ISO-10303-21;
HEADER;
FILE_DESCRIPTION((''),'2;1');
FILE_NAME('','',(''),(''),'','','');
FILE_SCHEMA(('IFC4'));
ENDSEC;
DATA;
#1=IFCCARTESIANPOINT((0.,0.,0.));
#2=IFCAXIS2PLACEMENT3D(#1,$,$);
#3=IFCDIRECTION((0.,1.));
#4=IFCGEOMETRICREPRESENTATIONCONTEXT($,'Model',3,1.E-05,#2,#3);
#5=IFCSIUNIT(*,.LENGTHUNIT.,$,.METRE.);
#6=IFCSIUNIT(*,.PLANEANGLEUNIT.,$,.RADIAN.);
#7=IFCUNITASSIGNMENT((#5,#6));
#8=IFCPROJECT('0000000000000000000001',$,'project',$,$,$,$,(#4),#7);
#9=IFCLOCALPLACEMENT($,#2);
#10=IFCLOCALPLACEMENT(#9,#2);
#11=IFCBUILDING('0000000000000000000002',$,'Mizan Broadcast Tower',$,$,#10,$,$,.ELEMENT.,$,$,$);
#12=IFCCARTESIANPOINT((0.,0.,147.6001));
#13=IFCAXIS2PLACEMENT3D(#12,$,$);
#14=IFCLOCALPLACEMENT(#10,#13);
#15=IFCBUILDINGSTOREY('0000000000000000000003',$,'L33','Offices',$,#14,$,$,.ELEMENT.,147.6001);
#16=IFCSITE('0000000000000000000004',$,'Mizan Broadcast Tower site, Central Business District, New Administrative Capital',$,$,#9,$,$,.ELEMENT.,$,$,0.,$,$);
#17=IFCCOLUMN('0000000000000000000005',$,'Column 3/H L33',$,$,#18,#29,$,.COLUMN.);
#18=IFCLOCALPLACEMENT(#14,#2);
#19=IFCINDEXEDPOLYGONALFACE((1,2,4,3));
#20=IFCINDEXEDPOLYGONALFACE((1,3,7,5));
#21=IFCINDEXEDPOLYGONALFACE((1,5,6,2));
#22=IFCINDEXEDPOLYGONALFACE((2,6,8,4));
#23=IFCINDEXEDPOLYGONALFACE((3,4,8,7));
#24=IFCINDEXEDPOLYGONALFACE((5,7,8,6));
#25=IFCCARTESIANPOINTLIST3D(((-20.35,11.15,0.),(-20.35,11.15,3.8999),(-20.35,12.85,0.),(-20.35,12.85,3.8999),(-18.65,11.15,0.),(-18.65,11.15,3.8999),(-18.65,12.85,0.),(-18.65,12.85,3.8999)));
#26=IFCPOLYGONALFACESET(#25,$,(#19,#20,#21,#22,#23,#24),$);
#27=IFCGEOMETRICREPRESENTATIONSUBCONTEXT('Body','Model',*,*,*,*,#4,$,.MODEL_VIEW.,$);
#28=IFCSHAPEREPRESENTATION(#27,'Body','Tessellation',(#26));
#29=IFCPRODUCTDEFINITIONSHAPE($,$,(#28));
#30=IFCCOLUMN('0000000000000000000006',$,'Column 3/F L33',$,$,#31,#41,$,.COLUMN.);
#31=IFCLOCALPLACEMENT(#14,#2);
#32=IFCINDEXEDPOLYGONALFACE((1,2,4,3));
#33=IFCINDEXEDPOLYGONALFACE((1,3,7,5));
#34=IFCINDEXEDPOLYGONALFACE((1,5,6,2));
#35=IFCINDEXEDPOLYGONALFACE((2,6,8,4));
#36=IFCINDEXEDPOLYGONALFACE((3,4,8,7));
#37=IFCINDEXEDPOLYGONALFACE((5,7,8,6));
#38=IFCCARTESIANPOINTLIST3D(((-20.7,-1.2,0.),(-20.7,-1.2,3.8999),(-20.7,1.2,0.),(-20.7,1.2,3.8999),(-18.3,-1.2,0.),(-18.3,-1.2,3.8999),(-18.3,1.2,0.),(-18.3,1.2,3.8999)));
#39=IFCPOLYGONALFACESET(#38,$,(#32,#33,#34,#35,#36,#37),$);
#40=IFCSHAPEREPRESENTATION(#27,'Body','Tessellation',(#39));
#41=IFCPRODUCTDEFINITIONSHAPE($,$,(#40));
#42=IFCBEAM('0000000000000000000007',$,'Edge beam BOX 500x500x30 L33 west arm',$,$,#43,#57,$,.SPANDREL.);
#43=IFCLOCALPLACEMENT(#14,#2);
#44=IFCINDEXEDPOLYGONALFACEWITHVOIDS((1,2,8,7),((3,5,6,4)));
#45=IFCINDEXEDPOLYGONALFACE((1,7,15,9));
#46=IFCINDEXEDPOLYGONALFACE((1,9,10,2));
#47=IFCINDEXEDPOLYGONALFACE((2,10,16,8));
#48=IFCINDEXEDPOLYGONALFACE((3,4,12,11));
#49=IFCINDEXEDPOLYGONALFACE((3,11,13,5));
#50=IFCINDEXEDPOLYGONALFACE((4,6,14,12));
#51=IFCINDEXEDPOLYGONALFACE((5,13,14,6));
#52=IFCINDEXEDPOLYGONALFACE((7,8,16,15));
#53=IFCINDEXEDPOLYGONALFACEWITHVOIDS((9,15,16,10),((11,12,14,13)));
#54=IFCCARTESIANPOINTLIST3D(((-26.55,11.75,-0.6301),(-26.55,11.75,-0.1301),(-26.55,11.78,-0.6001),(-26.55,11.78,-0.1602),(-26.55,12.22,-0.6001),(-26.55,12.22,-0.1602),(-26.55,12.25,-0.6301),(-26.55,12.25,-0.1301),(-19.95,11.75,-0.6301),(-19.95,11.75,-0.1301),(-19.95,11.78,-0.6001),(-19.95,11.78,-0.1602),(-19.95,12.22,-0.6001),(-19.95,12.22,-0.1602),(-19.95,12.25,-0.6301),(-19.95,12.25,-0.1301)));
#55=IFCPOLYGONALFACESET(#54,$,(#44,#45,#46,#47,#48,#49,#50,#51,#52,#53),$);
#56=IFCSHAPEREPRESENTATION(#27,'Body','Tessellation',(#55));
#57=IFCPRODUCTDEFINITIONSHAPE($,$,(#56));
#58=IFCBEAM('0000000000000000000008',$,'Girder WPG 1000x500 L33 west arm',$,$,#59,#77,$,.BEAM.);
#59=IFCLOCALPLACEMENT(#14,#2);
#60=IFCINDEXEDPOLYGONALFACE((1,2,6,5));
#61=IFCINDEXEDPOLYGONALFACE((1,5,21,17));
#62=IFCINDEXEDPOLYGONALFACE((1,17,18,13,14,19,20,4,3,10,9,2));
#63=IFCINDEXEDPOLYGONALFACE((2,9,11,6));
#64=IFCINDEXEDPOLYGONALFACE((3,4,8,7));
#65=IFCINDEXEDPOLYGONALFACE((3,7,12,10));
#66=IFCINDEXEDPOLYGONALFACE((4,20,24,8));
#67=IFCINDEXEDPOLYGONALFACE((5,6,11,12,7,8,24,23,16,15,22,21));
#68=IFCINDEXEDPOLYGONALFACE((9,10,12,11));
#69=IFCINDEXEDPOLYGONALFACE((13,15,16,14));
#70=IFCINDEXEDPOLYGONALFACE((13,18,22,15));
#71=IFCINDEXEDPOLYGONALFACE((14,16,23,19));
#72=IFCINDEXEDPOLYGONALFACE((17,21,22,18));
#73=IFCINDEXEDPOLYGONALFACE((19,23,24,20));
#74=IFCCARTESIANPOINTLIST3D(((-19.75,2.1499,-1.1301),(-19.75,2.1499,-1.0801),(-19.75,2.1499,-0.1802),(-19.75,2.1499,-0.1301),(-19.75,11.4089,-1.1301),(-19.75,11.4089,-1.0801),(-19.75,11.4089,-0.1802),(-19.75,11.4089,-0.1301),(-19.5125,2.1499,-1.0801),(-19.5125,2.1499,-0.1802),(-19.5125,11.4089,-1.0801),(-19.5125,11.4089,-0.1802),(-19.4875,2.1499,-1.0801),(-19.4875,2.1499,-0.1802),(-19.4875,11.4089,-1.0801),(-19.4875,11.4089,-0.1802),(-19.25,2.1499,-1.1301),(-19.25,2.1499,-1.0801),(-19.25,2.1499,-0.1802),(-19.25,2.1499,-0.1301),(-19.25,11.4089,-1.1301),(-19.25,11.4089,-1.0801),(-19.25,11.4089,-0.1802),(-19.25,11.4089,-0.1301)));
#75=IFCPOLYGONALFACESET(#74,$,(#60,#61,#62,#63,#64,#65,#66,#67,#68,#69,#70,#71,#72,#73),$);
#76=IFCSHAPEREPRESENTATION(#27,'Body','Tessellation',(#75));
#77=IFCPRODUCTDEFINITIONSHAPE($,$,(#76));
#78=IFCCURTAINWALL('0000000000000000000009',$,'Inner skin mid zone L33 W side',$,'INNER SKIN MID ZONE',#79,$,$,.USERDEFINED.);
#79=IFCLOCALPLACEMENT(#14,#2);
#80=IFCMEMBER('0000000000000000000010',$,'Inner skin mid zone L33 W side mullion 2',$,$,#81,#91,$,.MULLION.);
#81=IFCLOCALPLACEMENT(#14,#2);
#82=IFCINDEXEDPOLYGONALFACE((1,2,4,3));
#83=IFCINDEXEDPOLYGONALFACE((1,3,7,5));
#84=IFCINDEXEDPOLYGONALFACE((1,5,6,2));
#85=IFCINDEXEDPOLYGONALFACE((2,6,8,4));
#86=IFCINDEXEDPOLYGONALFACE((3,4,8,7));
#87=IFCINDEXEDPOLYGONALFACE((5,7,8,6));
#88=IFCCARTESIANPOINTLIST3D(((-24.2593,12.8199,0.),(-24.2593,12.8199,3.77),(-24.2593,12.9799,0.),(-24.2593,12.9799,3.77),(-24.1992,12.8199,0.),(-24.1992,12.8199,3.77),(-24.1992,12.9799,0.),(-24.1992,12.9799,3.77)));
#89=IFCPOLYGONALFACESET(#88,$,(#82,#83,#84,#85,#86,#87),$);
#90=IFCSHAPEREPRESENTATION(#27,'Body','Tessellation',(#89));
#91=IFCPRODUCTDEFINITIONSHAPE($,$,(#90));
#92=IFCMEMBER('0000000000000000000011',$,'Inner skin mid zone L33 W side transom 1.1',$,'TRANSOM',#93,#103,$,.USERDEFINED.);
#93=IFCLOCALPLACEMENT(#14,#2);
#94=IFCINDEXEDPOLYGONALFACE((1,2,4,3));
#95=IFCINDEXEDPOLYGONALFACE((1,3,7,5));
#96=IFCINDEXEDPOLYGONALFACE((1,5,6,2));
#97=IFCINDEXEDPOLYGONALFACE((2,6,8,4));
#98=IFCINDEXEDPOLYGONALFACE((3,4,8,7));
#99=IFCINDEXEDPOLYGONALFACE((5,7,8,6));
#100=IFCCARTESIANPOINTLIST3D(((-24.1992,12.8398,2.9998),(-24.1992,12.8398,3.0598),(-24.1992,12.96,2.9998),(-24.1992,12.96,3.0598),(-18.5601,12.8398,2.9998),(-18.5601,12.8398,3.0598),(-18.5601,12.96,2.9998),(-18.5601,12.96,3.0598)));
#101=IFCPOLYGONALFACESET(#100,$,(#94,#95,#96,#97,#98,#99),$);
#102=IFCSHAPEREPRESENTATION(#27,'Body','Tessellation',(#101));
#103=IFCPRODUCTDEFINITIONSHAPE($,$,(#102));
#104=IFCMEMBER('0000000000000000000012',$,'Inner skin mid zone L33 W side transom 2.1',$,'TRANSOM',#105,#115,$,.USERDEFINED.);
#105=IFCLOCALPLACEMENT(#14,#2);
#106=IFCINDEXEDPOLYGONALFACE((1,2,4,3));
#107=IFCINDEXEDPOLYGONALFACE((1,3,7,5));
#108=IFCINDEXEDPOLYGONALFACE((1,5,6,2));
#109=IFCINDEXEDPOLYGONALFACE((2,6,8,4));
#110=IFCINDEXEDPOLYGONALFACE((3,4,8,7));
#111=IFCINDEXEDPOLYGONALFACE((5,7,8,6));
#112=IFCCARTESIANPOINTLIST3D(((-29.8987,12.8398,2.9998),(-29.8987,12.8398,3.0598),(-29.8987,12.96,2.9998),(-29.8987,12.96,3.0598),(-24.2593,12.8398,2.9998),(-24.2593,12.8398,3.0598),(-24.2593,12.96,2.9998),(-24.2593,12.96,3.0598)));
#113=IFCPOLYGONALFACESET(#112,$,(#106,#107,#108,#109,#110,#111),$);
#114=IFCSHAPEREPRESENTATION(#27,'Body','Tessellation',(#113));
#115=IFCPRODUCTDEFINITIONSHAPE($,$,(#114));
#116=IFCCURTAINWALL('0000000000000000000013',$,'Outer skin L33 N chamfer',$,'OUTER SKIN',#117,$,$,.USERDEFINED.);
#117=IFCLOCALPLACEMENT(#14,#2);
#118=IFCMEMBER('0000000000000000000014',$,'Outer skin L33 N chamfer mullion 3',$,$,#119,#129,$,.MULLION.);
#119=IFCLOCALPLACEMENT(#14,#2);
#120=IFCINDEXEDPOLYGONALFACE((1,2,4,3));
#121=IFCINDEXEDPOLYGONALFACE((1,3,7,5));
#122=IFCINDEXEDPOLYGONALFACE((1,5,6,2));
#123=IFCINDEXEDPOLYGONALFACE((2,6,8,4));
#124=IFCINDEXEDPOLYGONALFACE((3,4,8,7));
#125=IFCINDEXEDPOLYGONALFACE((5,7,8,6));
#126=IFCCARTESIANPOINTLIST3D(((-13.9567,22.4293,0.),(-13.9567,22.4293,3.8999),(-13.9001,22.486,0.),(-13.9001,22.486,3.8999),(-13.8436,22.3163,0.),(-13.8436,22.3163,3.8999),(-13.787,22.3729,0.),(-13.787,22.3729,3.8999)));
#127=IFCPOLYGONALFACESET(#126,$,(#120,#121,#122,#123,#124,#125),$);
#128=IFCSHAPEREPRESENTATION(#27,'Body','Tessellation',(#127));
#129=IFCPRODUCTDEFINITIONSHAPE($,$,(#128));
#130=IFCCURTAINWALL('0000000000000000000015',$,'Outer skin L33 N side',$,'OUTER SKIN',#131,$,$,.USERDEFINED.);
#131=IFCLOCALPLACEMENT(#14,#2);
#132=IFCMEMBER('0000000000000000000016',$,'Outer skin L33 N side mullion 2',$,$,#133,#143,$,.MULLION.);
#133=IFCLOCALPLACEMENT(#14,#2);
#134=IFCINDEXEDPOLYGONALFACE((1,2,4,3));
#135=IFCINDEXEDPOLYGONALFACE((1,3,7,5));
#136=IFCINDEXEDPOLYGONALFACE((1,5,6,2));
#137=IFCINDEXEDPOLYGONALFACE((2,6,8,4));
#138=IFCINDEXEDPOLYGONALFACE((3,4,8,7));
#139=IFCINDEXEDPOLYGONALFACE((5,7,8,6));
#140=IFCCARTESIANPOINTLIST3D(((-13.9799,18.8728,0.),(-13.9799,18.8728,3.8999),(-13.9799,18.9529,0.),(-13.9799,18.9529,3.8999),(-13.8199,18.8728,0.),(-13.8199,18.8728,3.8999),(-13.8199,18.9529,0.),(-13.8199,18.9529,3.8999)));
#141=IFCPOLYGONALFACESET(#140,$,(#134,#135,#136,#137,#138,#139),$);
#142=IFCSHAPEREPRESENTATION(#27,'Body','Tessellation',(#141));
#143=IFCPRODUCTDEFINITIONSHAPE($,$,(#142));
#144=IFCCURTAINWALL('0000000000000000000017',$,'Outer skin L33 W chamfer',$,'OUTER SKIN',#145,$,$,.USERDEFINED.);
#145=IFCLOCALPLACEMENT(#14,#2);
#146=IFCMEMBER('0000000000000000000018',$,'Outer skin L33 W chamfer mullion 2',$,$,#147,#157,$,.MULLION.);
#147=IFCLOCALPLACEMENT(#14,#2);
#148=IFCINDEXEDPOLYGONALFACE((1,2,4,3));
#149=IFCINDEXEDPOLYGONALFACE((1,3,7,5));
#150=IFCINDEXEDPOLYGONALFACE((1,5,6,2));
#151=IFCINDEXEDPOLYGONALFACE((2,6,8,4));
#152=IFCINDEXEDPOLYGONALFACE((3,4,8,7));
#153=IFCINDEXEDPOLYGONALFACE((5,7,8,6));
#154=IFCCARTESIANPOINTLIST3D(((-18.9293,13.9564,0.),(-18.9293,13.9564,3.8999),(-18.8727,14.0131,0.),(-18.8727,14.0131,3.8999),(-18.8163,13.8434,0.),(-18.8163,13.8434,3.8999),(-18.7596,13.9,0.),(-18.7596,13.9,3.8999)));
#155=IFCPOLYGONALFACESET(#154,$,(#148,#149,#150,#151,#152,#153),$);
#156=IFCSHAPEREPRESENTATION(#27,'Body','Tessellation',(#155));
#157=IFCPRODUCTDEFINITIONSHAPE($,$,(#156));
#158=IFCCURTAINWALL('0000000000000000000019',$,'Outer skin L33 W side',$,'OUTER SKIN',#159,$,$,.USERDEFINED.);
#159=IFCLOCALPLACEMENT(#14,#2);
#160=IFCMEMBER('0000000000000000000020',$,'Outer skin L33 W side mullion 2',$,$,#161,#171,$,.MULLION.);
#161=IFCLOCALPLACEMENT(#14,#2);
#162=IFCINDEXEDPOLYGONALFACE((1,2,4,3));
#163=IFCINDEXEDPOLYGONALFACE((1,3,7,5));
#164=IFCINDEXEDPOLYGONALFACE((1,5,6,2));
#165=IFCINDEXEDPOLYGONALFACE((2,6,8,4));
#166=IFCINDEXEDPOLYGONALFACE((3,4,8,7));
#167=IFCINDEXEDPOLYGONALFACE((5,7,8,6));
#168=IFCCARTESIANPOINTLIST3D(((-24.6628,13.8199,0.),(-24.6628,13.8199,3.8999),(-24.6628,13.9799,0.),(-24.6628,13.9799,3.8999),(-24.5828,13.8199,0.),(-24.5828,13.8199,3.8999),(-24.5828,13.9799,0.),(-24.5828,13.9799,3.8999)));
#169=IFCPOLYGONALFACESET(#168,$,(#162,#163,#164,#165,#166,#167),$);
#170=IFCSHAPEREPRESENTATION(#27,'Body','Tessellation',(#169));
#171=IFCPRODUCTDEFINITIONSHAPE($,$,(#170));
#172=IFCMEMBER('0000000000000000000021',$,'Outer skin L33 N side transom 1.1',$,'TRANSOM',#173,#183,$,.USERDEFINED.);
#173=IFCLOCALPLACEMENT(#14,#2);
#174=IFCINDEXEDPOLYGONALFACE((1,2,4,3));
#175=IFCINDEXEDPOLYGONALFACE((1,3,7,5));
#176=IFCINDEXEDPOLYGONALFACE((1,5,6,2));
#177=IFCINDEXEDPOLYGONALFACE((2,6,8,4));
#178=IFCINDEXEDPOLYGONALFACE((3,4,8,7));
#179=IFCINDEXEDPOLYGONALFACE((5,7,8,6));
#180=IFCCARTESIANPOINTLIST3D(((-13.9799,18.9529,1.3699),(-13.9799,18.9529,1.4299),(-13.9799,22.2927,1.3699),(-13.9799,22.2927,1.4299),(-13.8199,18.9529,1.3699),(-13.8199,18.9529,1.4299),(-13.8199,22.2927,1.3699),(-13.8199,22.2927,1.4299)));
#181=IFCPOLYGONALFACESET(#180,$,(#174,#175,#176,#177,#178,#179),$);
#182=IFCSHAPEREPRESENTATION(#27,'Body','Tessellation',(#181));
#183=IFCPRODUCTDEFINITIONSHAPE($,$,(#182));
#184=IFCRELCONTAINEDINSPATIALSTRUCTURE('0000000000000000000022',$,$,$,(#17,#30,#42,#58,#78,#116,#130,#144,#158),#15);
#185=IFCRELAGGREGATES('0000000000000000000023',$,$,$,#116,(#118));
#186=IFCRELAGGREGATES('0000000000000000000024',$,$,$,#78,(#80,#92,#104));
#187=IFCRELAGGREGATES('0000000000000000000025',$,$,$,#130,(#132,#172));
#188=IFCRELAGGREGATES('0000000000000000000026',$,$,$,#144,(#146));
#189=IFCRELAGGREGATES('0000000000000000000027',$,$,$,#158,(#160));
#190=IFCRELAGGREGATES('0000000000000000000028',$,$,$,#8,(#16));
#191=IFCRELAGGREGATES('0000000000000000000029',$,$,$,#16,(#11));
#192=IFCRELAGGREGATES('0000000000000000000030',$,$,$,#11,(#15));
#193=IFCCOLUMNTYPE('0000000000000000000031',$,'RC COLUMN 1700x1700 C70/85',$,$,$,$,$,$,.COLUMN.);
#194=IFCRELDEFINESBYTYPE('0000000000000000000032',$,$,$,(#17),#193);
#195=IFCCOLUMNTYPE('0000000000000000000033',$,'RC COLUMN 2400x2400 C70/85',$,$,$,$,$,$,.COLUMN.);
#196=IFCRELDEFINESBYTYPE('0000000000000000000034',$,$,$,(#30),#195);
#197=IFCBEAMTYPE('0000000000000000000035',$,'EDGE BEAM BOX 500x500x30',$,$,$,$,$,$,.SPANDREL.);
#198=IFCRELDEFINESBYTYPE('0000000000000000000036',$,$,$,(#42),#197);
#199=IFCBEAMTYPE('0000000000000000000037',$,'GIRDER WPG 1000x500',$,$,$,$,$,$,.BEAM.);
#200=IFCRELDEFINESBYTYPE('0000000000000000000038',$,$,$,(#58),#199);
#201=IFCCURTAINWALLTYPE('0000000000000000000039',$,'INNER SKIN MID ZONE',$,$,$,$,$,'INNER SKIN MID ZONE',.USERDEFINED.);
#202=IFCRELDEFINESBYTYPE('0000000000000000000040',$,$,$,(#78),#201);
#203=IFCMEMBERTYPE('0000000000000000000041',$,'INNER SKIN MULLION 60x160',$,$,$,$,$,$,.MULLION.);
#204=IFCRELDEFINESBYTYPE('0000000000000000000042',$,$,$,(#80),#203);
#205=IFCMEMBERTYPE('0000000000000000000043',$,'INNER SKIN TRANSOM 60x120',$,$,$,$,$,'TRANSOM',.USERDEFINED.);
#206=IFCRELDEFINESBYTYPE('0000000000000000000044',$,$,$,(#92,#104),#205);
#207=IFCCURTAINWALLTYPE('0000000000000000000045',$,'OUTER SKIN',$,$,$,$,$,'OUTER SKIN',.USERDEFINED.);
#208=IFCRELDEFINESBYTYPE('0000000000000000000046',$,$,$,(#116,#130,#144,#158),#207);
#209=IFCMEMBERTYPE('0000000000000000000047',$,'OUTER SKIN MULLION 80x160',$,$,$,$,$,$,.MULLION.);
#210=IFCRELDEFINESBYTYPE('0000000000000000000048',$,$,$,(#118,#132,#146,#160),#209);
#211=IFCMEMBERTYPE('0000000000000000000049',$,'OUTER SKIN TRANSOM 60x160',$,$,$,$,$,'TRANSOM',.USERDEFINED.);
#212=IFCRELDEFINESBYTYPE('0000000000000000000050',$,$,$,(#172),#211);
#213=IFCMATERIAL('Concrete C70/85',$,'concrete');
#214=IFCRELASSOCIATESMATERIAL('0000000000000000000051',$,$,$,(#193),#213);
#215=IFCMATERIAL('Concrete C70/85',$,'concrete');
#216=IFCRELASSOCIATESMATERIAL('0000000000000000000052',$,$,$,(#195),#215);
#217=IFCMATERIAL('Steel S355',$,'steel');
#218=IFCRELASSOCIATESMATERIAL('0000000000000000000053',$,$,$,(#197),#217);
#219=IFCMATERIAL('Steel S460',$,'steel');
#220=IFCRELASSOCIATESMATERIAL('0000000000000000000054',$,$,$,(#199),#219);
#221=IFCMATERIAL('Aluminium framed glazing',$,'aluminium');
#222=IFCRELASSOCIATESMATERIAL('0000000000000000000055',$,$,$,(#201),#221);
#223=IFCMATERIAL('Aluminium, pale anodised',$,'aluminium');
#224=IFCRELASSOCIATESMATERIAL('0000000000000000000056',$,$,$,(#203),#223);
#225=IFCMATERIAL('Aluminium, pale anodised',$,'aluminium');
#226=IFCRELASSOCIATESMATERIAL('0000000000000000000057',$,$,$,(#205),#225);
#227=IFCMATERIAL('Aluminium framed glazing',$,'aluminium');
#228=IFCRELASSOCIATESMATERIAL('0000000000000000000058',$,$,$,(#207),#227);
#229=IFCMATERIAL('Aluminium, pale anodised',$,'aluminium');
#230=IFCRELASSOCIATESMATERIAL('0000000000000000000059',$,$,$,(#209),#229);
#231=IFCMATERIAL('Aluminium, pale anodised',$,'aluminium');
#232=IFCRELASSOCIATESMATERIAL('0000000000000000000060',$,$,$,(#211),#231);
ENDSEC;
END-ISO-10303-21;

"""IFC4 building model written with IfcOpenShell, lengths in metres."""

from ifc_helpers import new_model, si_unit, direction, frame, origin, origin_2d, place, context, subcontext, project, spatial, rectangle, hollow_rectangle, i_section, extrude, material, material_profile, profile_set, type_object, element, aggregate, save


model = new_model("IFC4")

# Units and contexts
model_context = context("Model", 3, precision=1e-05, world=origin(), true_north=direction((0.0, 1.0)))
body_context = subcontext(model_context, "Body", "Model", "MODEL_VIEW")
ifc_project = project(units=[si_unit("LENGTHUNIT", "METRE"), si_unit("PLANEANGLEUNIT", "RADIAN")], contexts=[model_context])

# Site, building, storey
site_placement = place(None, origin())
site = spatial("IfcSite", under=ifc_project, at=site_placement, Name="Mizan Broadcast Tower site, Central Business District, New Administrative Capital", CompositionType="ELEMENT", RefElevation=0.0)
building_placement = place(site_placement, origin())
building = spatial("IfcBuilding", under=site, at=building_placement, Name="Mizan Broadcast Tower", CompositionType="ELEMENT")
storey_placement = place(building_placement, frame((0.0, 0.0, 147.6001)))
storey = spatial("IfcBuildingStorey", under=building, at=storey_placement, Name="L33", Description="Offices", CompositionType="ELEMENT", Elevation=147.6001)

# Columns
ifc_material_1 = material(Name="Concrete C70/85", Category="concrete")
ifc_material_profile_1 = material_profile(ifc_material_1, rectangle(XDim=1.7, YDim=1.7, at=origin_2d()), Name="RC 1700x1700")
ifc_profile_set_1 = profile_set([ifc_material_profile_1], Name="Concrete C70/85")
column_type_1 = type_object("IfcColumnType", Name="RC COLUMN 1700x1700 C70/85", PredefinedType="COLUMN", material=ifc_profile_set_1)
column_1_placement = place(storey_placement, frame((-19.5, 12.0, 0.0), z_axis=(0.0, 0.0, 1.0), x_axis=(1.0, 0.0, 0.0)))
element("IfcColumn", 1, at=column_1_placement, inside=storey, type_object=column_type_1, Name="Column 3/H L33", PredefinedType="COLUMN", context=body_context, shape_type="SweptSolid", body=[
    extrude(rectangle(XDim=1.7, YDim=1.7, at=origin_2d()), origin(), (0.0, 0.0, 1.0), 3.8999),
])
ifc_material_2 = material(Name="Concrete C70/85", Category="concrete")
ifc_material_profile_2 = material_profile(ifc_material_2, rectangle(XDim=2.3999, YDim=2.3999, at=origin_2d()), Name="RC 2400x2400")
ifc_profile_set_2 = profile_set([ifc_material_profile_2], Name="Concrete C70/85")
column_type_2 = type_object("IfcColumnType", Name="RC COLUMN 2400x2400 C70/85", PredefinedType="COLUMN", material=ifc_profile_set_2)
column_2_placement = place(storey_placement, frame((-19.5, 0.0, 0.0), z_axis=(0.0, 0.0, 1.0), x_axis=(1.0, 0.0, 0.0)))
element("IfcColumn", 2, at=column_2_placement, inside=storey, type_object=column_type_2, Name="Column 3/F L33", PredefinedType="COLUMN", context=body_context, shape_type="SweptSolid", body=[
    extrude(rectangle(XDim=2.3999, YDim=2.3999, at=origin_2d()), origin(), (0.0, 0.0, 1.0), 3.8999),
])

# Beams
ifc_material_3 = material(Name="Steel S355", Category="steel")
ifc_material_profile_3 = material_profile(ifc_material_3, hollow_rectangle(XDim=0.5, YDim=0.5, WallThickness=0.03, at=origin_2d()), Name="BOX 500x500x30")
ifc_profile_set_3 = profile_set([ifc_material_profile_3], Name="Steel S355")
beam_type_1 = type_object("IfcBeamType", Name="EDGE BEAM BOX 500x500x30", PredefinedType="SPANDREL", material=ifc_profile_set_3)
beam_1_placement = place(storey_placement, frame((-19.95, 12.0, -0.3801), z_axis=(-1.0, 0.0, 0.0), x_axis=(0.0, -1.0, 0.0)))
element("IfcBeam", 3, at=beam_1_placement, inside=storey, type_object=beam_type_1, Name="Edge beam BOX 500x500x30 L33 west arm", PredefinedType="SPANDREL", context=body_context, shape_type="SweptSolid", body=[
    extrude(hollow_rectangle(XDim=0.5, YDim=0.5, WallThickness=0.03, at=origin_2d()), origin(), (0.0, 0.0, 1.0), 6.6001),
])
ifc_material_4 = material(Name="Steel S460", Category="steel")
ifc_material_profile_4 = material_profile(ifc_material_4, i_section(OverallWidth=0.5, OverallDepth=1.0, WebThickness=0.0249, FlangeThickness=0.05, at=origin_2d()), Name="WPG 1000x500")
ifc_profile_set_4 = profile_set([ifc_material_profile_4], Name="Steel S460")
beam_type_2 = type_object("IfcBeamType", Name="GIRDER WPG 1000x500", PredefinedType="BEAM", material=ifc_profile_set_4)
beam_2_placement = place(storey_placement, frame((-19.5, 11.4089, -0.6301), z_axis=(0.0, -1.0, 0.0), x_axis=(1.0, 0.0, 0.0)))
element("IfcBeam", 4, at=beam_2_placement, inside=storey, type_object=beam_type_2, Name="Girder WPG 1000x500 L33 west arm", PredefinedType="BEAM", context=body_context, shape_type="SweptSolid", body=[
    extrude(i_section(OverallWidth=0.5, OverallDepth=1.0, WebThickness=0.0249, FlangeThickness=0.05, at=origin_2d()), origin(), (0.0, 0.0, 1.0), 9.259),
])

# Curtain wall, members
ifc_material_5 = material(Name="Aluminium framed glazing", Category="aluminium")
curtain_wall_type_1 = type_object("IfcCurtainWallType", Name="INNER SKIN MID ZONE", ElementType="INNER SKIN MID ZONE", PredefinedType="USERDEFINED", material=ifc_material_5)
curtain_wall_1_placement = place(storey_placement, origin())
curtain_wall_1 = element("IfcCurtainWall", 5, at=curtain_wall_1_placement, inside=storey, type_object=curtain_wall_type_1, Name="Inner skin mid zone L33 W side", ObjectType="INNER SKIN MID ZONE", PredefinedType="USERDEFINED")
ifc_material_6 = material(Name="Aluminium, pale anodised", Category="aluminium")
ifc_material_profile_5 = material_profile(ifc_material_6, rectangle(XDim=0.1599, YDim=0.0601, at=origin_2d()), Name="MULLION 160x60")
ifc_profile_set_5 = profile_set([ifc_material_profile_5], Name="Aluminium, pale anodised")
member_type_1 = type_object("IfcMemberType", Name="INNER SKIN MULLION 60x160", PredefinedType="MULLION", material=ifc_profile_set_5)
member_1_placement = place(storey_placement, frame((-24.2292, 12.8999, 0.0), z_axis=(0.0, 0.0, 1.0), x_axis=(0.0, -1.0, 0.0)))
member_1 = element("IfcMember", 6, at=member_1_placement, type_object=member_type_1, Name="Inner skin mid zone L33 W side mullion 2", PredefinedType="MULLION", context=body_context, shape_type="SweptSolid", body=[
    extrude(rectangle(XDim=0.1599, YDim=0.0601, at=origin_2d()), origin(), (0.0, 0.0, 1.0), 3.77),
])
ifc_material_7 = material(Name="Aluminium, pale anodised", Category="aluminium")
ifc_material_profile_6 = material_profile(ifc_material_7, rectangle(XDim=0.1201, YDim=0.0601, at=origin_2d()), Name="TRANSOM 120x60")
ifc_profile_set_6 = profile_set([ifc_material_profile_6], Name="Aluminium, pale anodised")
member_type_2 = type_object("IfcMemberType", Name="INNER SKIN TRANSOM 60x120", ElementType="TRANSOM", PredefinedType="USERDEFINED", material=ifc_profile_set_6)
member_2_placement = place(storey_placement, frame((-18.5601, 12.8999, 3.0298), z_axis=(-1.0, 0.0, 0.0), x_axis=(0.0, -1.0, 0.0)))
member_2 = element("IfcMember", 7, at=member_2_placement, type_object=member_type_2, Name="Inner skin mid zone L33 W side transom 1.1", ObjectType="TRANSOM", PredefinedType="USERDEFINED", context=body_context, shape_type="SweptSolid", body=[
    extrude(rectangle(XDim=0.1201, YDim=0.0601, at=origin_2d()), origin(), (0.0, 0.0, 1.0), 5.6392),
])
member_3_placement = place(storey_placement, frame((-24.2593, 12.8999, 3.0298), z_axis=(-1.0, 0.0, 0.0), x_axis=(0.0, -1.0, 0.0)))
member_3 = element("IfcMember", 8, at=member_3_placement, type_object=member_type_2, Name="Inner skin mid zone L33 W side transom 2.1", ObjectType="TRANSOM", PredefinedType="USERDEFINED", context=body_context, shape_type="SweptSolid", body=[
    extrude(rectangle(XDim=0.1201, YDim=0.0601, at=origin_2d()), origin(), (0.0, 0.0, 1.0), 5.6394),
])

# Curtain walls, members
ifc_material_8 = material(Name="Aluminium framed glazing", Category="aluminium")
curtain_wall_type_2 = type_object("IfcCurtainWallType", Name="OUTER SKIN", ElementType="OUTER SKIN", PredefinedType="USERDEFINED", material=ifc_material_8)
curtain_wall_2_placement = place(storey_placement, origin())
curtain_wall_2 = element("IfcCurtainWall", 9, at=curtain_wall_2_placement, inside=storey, type_object=curtain_wall_type_2, Name="Outer skin L33 N chamfer", ObjectType="OUTER SKIN", PredefinedType="USERDEFINED")
ifc_material_9 = material(Name="Aluminium, pale anodised", Category="aluminium")
ifc_material_profile_7 = material_profile(ifc_material_9, rectangle(XDim=0.1599, YDim=0.0801, at=origin_2d()), Name="MULLION 160x80")
ifc_profile_set_7 = profile_set([ifc_material_profile_7], Name="Aluminium, pale anodised")
member_type_3 = type_object("IfcMemberType", Name="OUTER SKIN MULLION 80x160", PredefinedType="MULLION", material=ifc_profile_set_7)
member_4_placement = place(storey_placement, frame((-13.8718, 22.4011, 0.0), z_axis=(0.0, 0.0, 1.0), x_axis=(0.707107, -0.707107, 0.0)))
member_4 = element("IfcMember", 10, at=member_4_placement, type_object=member_type_3, Name="Outer skin L33 N chamfer mullion 3", PredefinedType="MULLION", context=body_context, shape_type="SweptSolid", body=[
    extrude(rectangle(XDim=0.1599, YDim=0.0801, at=origin_2d()), origin(), (0.0, 0.0, 1.0), 3.8999),
])
aggregate(curtain_wall_2, [member_4])
curtain_wall_3_placement = place(storey_placement, origin())
curtain_wall_3 = element("IfcCurtainWall", 11, at=curtain_wall_3_placement, inside=storey, type_object=curtain_wall_type_2, Name="Outer skin L33 N side", ObjectType="OUTER SKIN", PredefinedType="USERDEFINED")
member_5_placement = place(storey_placement, frame((-13.8999, 18.9128, 0.0), z_axis=(0.0, 0.0, 1.0), x_axis=(1.0, 0.0, 0.0)))
member_5 = element("IfcMember", 12, at=member_5_placement, type_object=member_type_3, Name="Outer skin L33 N side mullion 2", PredefinedType="MULLION", context=body_context, shape_type="SweptSolid", body=[
    extrude(rectangle(XDim=0.1599, YDim=0.0801, at=origin_2d()), origin(), (0.0, 0.0, 1.0), 3.8999),
])
curtain_wall_4_placement = place(storey_placement, origin())
curtain_wall_4 = element("IfcCurtainWall", 13, at=curtain_wall_4_placement, inside=storey, type_object=curtain_wall_type_2, Name="Outer skin L33 W chamfer", ObjectType="OUTER SKIN", PredefinedType="USERDEFINED")
member_6_placement = place(storey_placement, frame((-18.8445, 13.9282, 0.0), z_axis=(0.0, 0.0, 1.0), x_axis=(0.707107, -0.707107, 0.0)))
member_6 = element("IfcMember", 14, at=member_6_placement, type_object=member_type_3, Name="Outer skin L33 W chamfer mullion 2", PredefinedType="MULLION", context=body_context, shape_type="SweptSolid", body=[
    extrude(rectangle(XDim=0.1599, YDim=0.0801, at=origin_2d()), origin(), (0.0, 0.0, 1.0), 3.8999),
])
curtain_wall_5_placement = place(storey_placement, origin())
curtain_wall_5 = element("IfcCurtainWall", 15, at=curtain_wall_5_placement, inside=storey, type_object=curtain_wall_type_2, Name="Outer skin L33 W side", ObjectType="OUTER SKIN", PredefinedType="USERDEFINED")
member_7_placement = place(storey_placement, frame((-24.6228, 13.8999, 0.0), z_axis=(0.0, 0.0, 1.0), x_axis=(0.0, -1.0, 0.0)))
member_7 = element("IfcMember", 16, at=member_7_placement, type_object=member_type_3, Name="Outer skin L33 W side mullion 2", PredefinedType="MULLION", context=body_context, shape_type="SweptSolid", body=[
    extrude(rectangle(XDim=0.1599, YDim=0.0801, at=origin_2d()), origin(), (0.0, 0.0, 1.0), 3.8999),
])

# Member
ifc_material_10 = material(Name="Aluminium, pale anodised", Category="aluminium")
ifc_material_profile_8 = material_profile(ifc_material_10, rectangle(XDim=0.1599, YDim=0.0601, at=origin_2d()), Name="TRANSOM 160x60")
ifc_profile_set_8 = profile_set([ifc_material_profile_8], Name="Aluminium, pale anodised")
member_type_4 = type_object("IfcMemberType", Name="OUTER SKIN TRANSOM 60x160", ElementType="TRANSOM", PredefinedType="USERDEFINED", material=ifc_profile_set_8)
member_8_placement = place(storey_placement, frame((-13.8999, 22.2927, 1.3999), z_axis=(0.0, -1.0, 0.0), x_axis=(1.0, 0.0, 0.0)))
member_8 = element("IfcMember", 17, at=member_8_placement, type_object=member_type_4, Name="Outer skin L33 N side transom 1.1", ObjectType="TRANSOM", PredefinedType="USERDEFINED", context=body_context, shape_type="SweptSolid", body=[
    extrude(rectangle(XDim=0.1599, YDim=0.0601, at=origin_2d()), origin(), (0.0, 0.0, 1.0), 3.3398),
])

aggregate(curtain_wall_1, [member_1, member_2, member_3])
aggregate(curtain_wall_3, [member_5, member_8])
aggregate(curtain_wall_4, [member_6])
aggregate(curtain_wall_5, [member_7])

save(model, "model.ifc")
